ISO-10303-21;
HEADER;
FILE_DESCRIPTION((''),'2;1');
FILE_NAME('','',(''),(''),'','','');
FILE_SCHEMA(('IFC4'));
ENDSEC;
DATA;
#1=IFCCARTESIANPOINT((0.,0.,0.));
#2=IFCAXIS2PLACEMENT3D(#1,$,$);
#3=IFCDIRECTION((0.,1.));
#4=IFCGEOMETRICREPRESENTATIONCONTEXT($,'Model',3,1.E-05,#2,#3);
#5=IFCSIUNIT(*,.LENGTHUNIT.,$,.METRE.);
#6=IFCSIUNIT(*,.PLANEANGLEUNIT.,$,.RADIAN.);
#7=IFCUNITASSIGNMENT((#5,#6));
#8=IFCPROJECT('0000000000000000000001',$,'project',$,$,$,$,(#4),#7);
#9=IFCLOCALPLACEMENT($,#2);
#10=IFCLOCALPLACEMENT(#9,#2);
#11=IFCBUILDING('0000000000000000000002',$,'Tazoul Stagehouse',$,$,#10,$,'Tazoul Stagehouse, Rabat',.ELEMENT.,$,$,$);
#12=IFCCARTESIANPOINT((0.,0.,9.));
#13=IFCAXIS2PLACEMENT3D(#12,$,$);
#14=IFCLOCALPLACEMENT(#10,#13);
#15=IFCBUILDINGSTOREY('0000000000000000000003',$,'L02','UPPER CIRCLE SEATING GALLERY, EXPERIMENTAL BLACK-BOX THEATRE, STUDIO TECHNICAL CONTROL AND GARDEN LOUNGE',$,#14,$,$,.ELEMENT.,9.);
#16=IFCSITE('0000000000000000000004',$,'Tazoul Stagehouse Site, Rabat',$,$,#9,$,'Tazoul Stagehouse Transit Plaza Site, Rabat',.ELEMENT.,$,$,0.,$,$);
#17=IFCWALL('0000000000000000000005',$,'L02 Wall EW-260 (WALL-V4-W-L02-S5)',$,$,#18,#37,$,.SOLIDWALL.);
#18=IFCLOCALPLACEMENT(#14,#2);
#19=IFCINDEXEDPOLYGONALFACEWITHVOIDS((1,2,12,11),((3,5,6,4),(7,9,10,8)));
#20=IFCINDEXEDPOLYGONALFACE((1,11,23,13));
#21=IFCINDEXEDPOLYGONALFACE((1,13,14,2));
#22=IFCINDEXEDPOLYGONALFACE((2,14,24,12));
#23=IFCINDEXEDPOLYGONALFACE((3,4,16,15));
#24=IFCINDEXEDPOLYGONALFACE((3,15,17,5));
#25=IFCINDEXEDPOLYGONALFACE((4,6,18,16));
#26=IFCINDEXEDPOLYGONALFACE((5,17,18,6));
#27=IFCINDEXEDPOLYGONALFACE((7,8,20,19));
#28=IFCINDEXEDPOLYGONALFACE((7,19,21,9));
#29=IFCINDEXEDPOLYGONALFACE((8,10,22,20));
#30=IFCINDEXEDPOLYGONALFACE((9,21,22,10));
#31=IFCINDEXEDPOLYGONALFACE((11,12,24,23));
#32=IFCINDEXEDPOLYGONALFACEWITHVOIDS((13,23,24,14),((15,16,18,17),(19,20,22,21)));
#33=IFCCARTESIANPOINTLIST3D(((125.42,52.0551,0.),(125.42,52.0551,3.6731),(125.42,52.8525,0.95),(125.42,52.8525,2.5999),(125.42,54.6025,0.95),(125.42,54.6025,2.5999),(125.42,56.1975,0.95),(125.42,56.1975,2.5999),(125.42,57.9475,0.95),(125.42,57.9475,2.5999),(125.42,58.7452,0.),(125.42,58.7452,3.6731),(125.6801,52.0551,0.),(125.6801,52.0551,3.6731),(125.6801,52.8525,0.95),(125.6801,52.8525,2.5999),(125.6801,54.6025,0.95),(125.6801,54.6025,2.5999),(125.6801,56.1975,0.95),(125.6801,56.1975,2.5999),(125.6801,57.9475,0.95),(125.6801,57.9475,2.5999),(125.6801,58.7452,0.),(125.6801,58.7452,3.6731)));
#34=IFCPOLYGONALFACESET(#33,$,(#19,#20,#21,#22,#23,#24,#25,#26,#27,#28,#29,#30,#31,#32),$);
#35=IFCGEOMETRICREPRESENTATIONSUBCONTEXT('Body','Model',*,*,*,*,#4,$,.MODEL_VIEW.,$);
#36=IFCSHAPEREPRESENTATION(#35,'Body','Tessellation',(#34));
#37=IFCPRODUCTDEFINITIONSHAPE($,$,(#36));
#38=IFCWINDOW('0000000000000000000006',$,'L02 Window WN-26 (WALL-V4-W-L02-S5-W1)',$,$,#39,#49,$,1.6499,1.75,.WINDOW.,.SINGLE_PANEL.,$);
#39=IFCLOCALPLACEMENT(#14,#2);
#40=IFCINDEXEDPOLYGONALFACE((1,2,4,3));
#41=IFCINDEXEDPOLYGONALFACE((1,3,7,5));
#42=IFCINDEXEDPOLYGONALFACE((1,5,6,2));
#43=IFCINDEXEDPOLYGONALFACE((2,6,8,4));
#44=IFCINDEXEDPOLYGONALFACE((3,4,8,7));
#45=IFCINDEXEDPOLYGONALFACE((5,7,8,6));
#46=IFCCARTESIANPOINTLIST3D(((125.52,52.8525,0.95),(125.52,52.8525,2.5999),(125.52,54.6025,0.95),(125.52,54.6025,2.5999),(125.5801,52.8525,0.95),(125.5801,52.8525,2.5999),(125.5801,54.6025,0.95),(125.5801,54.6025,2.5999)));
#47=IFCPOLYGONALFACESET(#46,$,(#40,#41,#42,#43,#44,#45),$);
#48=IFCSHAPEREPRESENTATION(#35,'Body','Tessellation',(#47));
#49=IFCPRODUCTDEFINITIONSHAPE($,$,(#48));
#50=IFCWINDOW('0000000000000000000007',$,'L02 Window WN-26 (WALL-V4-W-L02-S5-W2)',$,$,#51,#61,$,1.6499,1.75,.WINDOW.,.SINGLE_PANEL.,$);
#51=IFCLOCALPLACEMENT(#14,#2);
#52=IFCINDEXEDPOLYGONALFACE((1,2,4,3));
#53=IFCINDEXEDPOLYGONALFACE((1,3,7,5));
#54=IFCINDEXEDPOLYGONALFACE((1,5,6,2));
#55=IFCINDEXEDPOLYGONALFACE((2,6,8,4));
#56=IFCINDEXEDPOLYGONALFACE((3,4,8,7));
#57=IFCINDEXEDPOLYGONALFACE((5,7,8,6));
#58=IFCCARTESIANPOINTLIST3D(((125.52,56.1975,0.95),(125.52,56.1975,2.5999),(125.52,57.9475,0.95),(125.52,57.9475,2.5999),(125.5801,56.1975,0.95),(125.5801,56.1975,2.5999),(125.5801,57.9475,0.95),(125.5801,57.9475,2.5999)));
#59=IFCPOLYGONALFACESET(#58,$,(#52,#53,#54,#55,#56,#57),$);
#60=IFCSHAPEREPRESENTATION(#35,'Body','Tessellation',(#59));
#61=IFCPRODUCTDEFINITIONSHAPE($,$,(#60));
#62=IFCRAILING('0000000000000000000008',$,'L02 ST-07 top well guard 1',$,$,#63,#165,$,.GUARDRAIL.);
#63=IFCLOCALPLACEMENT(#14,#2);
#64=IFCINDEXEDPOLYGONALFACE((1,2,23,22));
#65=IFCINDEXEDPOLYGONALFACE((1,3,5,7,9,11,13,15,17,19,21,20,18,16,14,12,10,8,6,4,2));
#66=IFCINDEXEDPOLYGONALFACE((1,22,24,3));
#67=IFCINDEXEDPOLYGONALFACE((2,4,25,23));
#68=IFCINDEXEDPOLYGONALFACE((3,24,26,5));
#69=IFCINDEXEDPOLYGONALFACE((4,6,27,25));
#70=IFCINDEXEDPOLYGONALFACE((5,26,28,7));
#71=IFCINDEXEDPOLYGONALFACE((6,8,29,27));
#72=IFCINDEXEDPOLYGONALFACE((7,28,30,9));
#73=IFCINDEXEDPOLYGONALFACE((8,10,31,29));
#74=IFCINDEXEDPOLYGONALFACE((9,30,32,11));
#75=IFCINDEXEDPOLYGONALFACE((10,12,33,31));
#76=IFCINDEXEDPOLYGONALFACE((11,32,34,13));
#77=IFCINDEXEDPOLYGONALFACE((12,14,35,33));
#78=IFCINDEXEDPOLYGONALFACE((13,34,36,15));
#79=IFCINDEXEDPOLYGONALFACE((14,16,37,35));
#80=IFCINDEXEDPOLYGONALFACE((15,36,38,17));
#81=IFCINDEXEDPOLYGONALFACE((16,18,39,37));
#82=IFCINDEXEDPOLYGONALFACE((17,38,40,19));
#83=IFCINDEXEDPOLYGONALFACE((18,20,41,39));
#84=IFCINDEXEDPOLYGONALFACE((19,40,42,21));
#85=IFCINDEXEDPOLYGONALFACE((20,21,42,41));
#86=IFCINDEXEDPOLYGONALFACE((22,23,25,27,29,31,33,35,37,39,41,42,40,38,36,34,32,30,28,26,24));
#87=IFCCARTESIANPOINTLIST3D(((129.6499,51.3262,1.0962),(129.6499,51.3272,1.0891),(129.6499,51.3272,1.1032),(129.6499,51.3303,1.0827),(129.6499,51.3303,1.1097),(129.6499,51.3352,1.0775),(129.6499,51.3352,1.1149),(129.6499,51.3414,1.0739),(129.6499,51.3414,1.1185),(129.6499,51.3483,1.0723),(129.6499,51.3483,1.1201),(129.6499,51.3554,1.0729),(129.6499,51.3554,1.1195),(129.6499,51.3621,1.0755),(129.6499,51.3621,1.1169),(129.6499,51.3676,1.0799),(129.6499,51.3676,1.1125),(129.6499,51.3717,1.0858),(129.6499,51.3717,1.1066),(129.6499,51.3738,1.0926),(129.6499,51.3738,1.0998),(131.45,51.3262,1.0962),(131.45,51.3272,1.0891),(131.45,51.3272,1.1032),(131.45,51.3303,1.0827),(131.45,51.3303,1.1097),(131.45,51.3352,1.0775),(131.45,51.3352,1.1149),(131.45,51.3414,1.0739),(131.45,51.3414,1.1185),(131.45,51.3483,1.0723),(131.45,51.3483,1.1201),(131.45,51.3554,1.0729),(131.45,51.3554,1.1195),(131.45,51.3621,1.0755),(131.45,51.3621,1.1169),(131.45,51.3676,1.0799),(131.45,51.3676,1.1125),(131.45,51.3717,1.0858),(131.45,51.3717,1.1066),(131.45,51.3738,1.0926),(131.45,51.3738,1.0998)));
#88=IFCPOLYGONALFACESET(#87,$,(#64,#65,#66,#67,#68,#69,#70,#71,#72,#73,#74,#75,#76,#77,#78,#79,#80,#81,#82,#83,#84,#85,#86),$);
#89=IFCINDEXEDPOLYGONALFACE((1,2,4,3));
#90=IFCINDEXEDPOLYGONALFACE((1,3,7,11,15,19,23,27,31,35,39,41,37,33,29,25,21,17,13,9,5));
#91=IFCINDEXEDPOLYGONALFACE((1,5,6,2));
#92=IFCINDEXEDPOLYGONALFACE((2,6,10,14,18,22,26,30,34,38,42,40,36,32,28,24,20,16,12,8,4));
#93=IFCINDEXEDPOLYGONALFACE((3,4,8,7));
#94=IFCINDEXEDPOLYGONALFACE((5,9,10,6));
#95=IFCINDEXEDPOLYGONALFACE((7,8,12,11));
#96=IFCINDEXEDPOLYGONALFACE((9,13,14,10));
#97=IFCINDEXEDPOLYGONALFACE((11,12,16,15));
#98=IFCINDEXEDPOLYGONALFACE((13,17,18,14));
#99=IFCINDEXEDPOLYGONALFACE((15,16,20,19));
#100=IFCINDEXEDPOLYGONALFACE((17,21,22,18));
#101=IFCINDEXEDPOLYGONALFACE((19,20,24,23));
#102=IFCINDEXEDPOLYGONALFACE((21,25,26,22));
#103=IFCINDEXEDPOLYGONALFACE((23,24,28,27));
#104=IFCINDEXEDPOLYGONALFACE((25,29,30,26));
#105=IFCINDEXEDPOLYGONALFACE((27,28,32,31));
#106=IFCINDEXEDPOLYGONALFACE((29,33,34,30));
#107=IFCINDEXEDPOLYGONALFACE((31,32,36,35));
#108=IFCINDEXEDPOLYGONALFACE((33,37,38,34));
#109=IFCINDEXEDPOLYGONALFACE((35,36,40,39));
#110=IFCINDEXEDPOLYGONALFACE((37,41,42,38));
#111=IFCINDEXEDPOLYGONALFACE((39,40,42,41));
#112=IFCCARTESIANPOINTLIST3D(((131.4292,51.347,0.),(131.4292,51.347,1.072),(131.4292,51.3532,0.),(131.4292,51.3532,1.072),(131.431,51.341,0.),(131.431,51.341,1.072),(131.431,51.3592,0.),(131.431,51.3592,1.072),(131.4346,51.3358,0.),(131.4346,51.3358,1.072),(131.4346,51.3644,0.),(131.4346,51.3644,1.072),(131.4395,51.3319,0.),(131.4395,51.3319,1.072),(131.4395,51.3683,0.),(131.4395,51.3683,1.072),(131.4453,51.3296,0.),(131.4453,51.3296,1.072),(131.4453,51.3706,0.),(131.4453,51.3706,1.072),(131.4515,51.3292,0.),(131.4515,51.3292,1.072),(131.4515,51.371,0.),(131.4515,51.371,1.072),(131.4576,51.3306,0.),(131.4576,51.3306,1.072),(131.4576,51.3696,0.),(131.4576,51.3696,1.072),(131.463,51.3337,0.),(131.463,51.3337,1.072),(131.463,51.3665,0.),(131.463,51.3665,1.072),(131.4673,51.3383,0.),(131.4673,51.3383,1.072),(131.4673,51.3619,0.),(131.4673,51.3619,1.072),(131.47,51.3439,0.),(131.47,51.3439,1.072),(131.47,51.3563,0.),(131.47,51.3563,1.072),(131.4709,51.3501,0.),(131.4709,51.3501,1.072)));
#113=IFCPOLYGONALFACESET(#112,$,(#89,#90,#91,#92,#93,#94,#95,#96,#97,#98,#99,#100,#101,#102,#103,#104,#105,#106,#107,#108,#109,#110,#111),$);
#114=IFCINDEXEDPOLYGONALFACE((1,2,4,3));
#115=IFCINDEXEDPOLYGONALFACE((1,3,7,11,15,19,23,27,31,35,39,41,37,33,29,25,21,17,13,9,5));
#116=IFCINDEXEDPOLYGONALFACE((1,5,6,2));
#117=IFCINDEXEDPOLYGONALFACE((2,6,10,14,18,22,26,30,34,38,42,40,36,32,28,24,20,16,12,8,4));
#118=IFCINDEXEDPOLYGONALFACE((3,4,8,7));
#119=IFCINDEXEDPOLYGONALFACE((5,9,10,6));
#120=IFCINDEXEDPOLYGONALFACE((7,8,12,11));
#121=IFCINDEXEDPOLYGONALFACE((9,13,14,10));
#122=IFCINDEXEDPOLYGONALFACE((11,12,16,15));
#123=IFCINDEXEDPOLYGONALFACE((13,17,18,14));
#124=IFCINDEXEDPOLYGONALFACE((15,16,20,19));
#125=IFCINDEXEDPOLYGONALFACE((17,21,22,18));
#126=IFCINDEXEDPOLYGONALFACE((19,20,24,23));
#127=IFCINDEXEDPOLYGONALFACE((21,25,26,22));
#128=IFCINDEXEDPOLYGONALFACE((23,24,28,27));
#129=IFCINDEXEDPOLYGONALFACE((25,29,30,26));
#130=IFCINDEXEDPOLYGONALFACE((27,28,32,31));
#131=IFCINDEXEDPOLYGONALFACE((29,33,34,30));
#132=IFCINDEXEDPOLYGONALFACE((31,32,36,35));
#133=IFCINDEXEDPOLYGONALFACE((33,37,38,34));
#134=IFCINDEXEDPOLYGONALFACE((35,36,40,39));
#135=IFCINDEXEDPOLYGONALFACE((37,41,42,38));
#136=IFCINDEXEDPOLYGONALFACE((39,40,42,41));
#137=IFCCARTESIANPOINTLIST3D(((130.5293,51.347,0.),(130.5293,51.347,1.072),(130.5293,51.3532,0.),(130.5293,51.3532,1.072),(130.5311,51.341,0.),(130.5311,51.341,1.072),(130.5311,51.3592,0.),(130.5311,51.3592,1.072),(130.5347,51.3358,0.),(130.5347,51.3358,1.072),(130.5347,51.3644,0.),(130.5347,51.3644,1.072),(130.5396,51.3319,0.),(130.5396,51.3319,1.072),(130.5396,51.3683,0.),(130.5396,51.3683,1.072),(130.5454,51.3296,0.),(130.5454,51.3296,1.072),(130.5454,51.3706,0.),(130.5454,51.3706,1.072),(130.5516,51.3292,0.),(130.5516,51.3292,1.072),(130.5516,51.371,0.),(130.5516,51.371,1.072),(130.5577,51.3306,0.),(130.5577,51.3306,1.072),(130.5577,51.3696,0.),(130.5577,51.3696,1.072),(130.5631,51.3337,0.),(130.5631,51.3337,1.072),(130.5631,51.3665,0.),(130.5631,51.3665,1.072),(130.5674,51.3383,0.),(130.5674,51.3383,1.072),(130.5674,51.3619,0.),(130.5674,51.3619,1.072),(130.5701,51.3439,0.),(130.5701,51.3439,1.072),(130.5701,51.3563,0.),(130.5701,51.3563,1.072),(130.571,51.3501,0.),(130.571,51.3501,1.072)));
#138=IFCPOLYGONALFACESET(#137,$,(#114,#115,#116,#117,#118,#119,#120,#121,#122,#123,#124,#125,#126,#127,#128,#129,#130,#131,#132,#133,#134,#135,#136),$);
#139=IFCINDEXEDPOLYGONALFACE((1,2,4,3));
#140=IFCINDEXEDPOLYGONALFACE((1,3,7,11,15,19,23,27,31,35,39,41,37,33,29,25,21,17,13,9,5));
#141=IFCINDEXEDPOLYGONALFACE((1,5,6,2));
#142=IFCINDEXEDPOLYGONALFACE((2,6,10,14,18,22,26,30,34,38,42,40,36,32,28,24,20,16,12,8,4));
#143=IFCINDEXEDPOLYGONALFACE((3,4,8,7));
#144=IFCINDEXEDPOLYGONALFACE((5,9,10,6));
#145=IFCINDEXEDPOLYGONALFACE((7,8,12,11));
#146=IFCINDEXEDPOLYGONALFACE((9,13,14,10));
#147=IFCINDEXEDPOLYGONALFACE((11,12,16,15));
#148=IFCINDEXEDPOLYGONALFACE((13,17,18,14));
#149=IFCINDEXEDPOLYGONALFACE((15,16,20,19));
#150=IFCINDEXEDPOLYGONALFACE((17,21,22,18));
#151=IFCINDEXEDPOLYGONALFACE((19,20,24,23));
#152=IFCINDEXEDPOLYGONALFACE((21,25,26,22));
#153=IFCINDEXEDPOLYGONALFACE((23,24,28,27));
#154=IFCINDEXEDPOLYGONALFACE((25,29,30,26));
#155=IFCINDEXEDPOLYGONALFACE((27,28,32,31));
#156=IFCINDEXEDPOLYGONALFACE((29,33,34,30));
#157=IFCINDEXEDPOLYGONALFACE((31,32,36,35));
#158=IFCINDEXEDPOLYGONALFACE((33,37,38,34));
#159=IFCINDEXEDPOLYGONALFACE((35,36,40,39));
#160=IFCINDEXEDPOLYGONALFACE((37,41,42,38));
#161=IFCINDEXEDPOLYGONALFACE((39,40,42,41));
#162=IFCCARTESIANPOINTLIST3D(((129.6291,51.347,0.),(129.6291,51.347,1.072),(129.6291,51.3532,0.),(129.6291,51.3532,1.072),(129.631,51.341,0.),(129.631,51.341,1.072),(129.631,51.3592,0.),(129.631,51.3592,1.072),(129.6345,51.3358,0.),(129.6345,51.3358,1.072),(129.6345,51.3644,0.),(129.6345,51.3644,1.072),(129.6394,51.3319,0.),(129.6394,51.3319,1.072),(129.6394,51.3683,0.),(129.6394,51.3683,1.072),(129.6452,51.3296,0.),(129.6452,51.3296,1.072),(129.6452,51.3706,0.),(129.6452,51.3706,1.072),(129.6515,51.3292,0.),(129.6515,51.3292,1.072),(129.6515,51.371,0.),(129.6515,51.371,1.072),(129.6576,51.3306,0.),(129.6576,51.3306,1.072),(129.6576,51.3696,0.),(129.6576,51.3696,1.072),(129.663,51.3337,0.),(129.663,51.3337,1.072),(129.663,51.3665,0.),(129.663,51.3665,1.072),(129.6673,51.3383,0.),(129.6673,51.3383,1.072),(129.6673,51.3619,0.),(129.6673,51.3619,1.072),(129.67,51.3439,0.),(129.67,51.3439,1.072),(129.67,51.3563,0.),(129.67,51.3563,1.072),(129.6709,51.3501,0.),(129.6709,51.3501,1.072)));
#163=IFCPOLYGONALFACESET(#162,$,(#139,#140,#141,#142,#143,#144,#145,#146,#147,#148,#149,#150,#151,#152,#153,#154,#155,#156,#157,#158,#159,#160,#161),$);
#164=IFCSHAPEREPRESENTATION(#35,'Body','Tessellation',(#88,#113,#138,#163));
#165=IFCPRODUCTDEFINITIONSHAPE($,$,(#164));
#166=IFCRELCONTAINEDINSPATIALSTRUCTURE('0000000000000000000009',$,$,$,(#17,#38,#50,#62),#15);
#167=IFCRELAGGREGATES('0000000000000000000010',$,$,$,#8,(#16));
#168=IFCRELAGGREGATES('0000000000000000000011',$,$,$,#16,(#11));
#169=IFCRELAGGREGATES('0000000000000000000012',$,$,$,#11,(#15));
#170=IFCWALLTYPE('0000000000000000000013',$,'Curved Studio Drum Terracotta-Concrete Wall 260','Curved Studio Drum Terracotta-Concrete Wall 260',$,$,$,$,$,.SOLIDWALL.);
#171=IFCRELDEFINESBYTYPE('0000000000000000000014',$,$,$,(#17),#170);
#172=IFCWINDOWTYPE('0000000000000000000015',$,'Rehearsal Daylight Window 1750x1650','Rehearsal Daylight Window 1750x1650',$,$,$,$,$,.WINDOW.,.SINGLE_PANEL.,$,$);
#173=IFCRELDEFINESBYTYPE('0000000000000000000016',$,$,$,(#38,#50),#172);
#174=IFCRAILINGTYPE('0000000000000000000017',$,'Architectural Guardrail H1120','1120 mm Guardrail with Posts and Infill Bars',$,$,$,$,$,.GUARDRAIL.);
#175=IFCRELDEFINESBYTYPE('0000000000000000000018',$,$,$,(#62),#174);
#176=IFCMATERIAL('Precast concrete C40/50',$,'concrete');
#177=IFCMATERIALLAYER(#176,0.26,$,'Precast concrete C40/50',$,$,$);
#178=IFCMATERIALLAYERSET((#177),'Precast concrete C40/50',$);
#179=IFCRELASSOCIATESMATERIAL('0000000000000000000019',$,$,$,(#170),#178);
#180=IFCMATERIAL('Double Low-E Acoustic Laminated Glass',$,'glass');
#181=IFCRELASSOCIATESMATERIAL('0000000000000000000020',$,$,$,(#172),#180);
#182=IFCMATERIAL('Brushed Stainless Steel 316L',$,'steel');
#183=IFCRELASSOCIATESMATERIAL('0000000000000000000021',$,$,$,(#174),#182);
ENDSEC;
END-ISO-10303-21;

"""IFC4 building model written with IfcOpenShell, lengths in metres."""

from ifc_helpers import new_model, si_unit, direction, frame, frame_2d, origin, origin_2d, place, context, subcontext, project, spatial, rectangle, circle, extrude, material, layer, layer_set, material_profile, profile_set, type_object, element, fill, save


model = new_model("IFC4")

# Units and contexts
model_context = context("Model", 3, precision=1e-05, world=origin(), true_north=direction((0.0, 1.0)))
body_context = subcontext(model_context, "Body", "Model", "MODEL_VIEW")
ifc_project = project(units=[si_unit("LENGTHUNIT", "METRE"), si_unit("PLANEANGLEUNIT", "RADIAN")], contexts=[model_context])

# Site, building, storey
site_placement = place(None, origin())
site = spatial("IfcSite", under=ifc_project, at=site_placement, Name="Tazoul Stagehouse Site, Rabat", LongName="Tazoul Stagehouse Transit Plaza Site, Rabat", CompositionType="ELEMENT", RefElevation=0.0)
building_placement = place(site_placement, origin())
building = spatial("IfcBuilding", under=site, at=building_placement, Name="Tazoul Stagehouse", LongName="Tazoul Stagehouse, Rabat", CompositionType="ELEMENT")
storey_placement = place(building_placement, frame((0.0, 0.0, 9.0)))
storey = spatial("IfcBuildingStorey", under=building, at=storey_placement, Name="L02", Description="UPPER CIRCLE SEATING GALLERY, EXPERIMENTAL BLACK-BOX THEATRE, STUDIO TECHNICAL CONTROL AND GARDEN LOUNGE", CompositionType="ELEMENT", Elevation=9.0)

# Wall, openings, windows
ifc_material_1 = material(Name="Precast concrete C40/50", Category="concrete")
ifc_layer_1 = layer(ifc_material_1, 0.26, Name="Precast concrete C40/50")
ifc_layer_set_1 = layer_set([ifc_layer_1], Name="Precast concrete C40/50")
wall_type_1 = type_object("IfcWallType", Name="Curved Studio Drum Terracotta-Concrete Wall 260", Description="Curved Studio Drum Terracotta-Concrete Wall 260", PredefinedType="SOLIDWALL", material=ifc_layer_set_1)
ifc_material_2 = material(Name="Double Low-E Acoustic Laminated Glass", Category="glass")
wall_1_placement = place(storey_placement, frame((125.55, 52.0549, 0.0), z_axis=(0.0, 0.0, 1.0), x_axis=(0.0, 1.0, 0.0)))
wall_1 = element("IfcWall", 1, at=wall_1_placement, inside=storey, type_object=wall_type_1, Name="L02 Wall EW-260 (WALL-V4-W-L02-S5)", PredefinedType="SOLIDWALL", context=body_context, shape_type="SweptSolid", body=[
    extrude(rectangle(XDim=6.6902, YDim=0.26, at=frame_2d((3.3452, 0.0))), origin(), (0.0, 0.0, 1.0), 3.6731),
])
opening_1_placement = place(wall_1_placement, frame((0.7976, 0.0, 0.95)))
opening_1 = element("IfcOpeningElement", 2, at=opening_1_placement, cuts=wall_1, PredefinedType="OPENING", context=body_context, shape_type="SweptSolid", body=[
    extrude(rectangle(XDim=1.75, YDim=1.6499, at=frame_2d((0.875, 0.825))), frame((0.0, 0.1499, 0.0), z_axis=(0.0, -1.0, 0.0), x_axis=(1.0, 0.0, 0.0)), (0.0, 0.0, 1.0), 0.3),
])
opening_2_placement = place(wall_1_placement, frame((4.1426, 0.0, 0.95)))
opening_2 = element("IfcOpeningElement", 3, at=opening_2_placement, cuts=wall_1, PredefinedType="OPENING", context=body_context, shape_type="SweptSolid", body=[
    extrude(rectangle(XDim=1.75, YDim=1.6499, at=frame_2d((0.875, 0.825))), frame((0.0, 0.1499, 0.0), z_axis=(0.0, -1.0, 0.0), x_axis=(1.0, 0.0, 0.0)), (0.0, 0.0, 1.0), 0.3),
])
window_type_1 = type_object("IfcWindowType", Name="Rehearsal Daylight Window 1750x1650", Description="Rehearsal Daylight Window 1750x1650", PartitioningType="SINGLE_PANEL", PredefinedType="WINDOW", material=ifc_material_2)
window_1_placement = place(opening_1_placement, origin())
window_1 = element("IfcWindow", 4, at=window_1_placement, inside=storey, type_object=window_type_1, Name="L02 Window WN-26 (WALL-V4-W-L02-S5-W1)", OverallHeight=1.6499, OverallWidth=1.75, PartitioningType="SINGLE_PANEL", PredefinedType="WINDOW", context=body_context, shape_type="SweptSolid", body=[
    extrude(rectangle(XDim=1.75, YDim=1.6499, at=frame_2d((0.875, 0.825))), frame((0.0, 0.03, 0.0), z_axis=(0.0, -1.0, 0.0), x_axis=(1.0, 0.0, 0.0)), (0.0, 0.0, 1.0), 0.0601),
])
fill(opening_1, window_1)
window_2_placement = place(opening_2_placement, origin())
window_2 = element("IfcWindow", 5, at=window_2_placement, inside=storey, type_object=window_type_1, Name="L02 Window WN-26 (WALL-V4-W-L02-S5-W2)", OverallHeight=1.6499, OverallWidth=1.75, PartitioningType="SINGLE_PANEL", PredefinedType="WINDOW", context=body_context, shape_type="SweptSolid", body=[
    extrude(rectangle(XDim=1.75, YDim=1.6499, at=frame_2d((0.875, 0.825))), frame((0.0, 0.03, 0.0), z_axis=(0.0, -1.0, 0.0), x_axis=(1.0, 0.0, 0.0)), (0.0, 0.0, 1.0), 0.0601),
])
fill(opening_2, window_2)

# Railing
ifc_material_3 = material(Name="Brushed Stainless Steel 316L", Category="steel")
ifc_material_profile_1 = material_profile(ifc_material_3, circle(Radius=0.0239, at=origin_2d()), Name="SS RAIL D48")
ifc_profile_set_1 = profile_set([ifc_material_profile_1], Name="Brushed Stainless Steel 316L")
railing_type = type_object("IfcRailingType", Name="Architectural Guardrail H1120", Description="1120 mm Guardrail with Posts and Infill Bars", PredefinedType="GUARDRAIL", material=ifc_profile_set_1)
railing_1_placement = place(storey_placement, frame((131.45, 51.3501, 0.0)))
element("IfcRailing", 6, at=railing_1_placement, inside=storey, type_object=railing_type, Name="L02 ST-07 top well guard 1", PredefinedType="GUARDRAIL", context=body_context, shape_type="SweptSolid", body=[
    extrude(circle(Radius=0.0239, at=origin_2d()), frame((0.0, 0.0, 1.0962), z_axis=(-1.0, 0.0, 0.0), x_axis=(0.0, -1.0, 0.0)), (0.0, 0.0, 1.0), 1.8),
    extrude(circle(Radius=0.021, at=origin_2d()), origin(), (0.0, 0.0, 1.0), 1.072),
    extrude(circle(Radius=0.021, at=origin_2d()), frame((-0.8999, 0.0, 0.0)), (0.0, 0.0, 1.0), 1.072),
    extrude(circle(Radius=0.021, at=origin_2d()), frame((-1.8, 0.0, 0.0)), (0.0, 0.0, 1.0), 1.072),
])

save(model, "model.ifc")
